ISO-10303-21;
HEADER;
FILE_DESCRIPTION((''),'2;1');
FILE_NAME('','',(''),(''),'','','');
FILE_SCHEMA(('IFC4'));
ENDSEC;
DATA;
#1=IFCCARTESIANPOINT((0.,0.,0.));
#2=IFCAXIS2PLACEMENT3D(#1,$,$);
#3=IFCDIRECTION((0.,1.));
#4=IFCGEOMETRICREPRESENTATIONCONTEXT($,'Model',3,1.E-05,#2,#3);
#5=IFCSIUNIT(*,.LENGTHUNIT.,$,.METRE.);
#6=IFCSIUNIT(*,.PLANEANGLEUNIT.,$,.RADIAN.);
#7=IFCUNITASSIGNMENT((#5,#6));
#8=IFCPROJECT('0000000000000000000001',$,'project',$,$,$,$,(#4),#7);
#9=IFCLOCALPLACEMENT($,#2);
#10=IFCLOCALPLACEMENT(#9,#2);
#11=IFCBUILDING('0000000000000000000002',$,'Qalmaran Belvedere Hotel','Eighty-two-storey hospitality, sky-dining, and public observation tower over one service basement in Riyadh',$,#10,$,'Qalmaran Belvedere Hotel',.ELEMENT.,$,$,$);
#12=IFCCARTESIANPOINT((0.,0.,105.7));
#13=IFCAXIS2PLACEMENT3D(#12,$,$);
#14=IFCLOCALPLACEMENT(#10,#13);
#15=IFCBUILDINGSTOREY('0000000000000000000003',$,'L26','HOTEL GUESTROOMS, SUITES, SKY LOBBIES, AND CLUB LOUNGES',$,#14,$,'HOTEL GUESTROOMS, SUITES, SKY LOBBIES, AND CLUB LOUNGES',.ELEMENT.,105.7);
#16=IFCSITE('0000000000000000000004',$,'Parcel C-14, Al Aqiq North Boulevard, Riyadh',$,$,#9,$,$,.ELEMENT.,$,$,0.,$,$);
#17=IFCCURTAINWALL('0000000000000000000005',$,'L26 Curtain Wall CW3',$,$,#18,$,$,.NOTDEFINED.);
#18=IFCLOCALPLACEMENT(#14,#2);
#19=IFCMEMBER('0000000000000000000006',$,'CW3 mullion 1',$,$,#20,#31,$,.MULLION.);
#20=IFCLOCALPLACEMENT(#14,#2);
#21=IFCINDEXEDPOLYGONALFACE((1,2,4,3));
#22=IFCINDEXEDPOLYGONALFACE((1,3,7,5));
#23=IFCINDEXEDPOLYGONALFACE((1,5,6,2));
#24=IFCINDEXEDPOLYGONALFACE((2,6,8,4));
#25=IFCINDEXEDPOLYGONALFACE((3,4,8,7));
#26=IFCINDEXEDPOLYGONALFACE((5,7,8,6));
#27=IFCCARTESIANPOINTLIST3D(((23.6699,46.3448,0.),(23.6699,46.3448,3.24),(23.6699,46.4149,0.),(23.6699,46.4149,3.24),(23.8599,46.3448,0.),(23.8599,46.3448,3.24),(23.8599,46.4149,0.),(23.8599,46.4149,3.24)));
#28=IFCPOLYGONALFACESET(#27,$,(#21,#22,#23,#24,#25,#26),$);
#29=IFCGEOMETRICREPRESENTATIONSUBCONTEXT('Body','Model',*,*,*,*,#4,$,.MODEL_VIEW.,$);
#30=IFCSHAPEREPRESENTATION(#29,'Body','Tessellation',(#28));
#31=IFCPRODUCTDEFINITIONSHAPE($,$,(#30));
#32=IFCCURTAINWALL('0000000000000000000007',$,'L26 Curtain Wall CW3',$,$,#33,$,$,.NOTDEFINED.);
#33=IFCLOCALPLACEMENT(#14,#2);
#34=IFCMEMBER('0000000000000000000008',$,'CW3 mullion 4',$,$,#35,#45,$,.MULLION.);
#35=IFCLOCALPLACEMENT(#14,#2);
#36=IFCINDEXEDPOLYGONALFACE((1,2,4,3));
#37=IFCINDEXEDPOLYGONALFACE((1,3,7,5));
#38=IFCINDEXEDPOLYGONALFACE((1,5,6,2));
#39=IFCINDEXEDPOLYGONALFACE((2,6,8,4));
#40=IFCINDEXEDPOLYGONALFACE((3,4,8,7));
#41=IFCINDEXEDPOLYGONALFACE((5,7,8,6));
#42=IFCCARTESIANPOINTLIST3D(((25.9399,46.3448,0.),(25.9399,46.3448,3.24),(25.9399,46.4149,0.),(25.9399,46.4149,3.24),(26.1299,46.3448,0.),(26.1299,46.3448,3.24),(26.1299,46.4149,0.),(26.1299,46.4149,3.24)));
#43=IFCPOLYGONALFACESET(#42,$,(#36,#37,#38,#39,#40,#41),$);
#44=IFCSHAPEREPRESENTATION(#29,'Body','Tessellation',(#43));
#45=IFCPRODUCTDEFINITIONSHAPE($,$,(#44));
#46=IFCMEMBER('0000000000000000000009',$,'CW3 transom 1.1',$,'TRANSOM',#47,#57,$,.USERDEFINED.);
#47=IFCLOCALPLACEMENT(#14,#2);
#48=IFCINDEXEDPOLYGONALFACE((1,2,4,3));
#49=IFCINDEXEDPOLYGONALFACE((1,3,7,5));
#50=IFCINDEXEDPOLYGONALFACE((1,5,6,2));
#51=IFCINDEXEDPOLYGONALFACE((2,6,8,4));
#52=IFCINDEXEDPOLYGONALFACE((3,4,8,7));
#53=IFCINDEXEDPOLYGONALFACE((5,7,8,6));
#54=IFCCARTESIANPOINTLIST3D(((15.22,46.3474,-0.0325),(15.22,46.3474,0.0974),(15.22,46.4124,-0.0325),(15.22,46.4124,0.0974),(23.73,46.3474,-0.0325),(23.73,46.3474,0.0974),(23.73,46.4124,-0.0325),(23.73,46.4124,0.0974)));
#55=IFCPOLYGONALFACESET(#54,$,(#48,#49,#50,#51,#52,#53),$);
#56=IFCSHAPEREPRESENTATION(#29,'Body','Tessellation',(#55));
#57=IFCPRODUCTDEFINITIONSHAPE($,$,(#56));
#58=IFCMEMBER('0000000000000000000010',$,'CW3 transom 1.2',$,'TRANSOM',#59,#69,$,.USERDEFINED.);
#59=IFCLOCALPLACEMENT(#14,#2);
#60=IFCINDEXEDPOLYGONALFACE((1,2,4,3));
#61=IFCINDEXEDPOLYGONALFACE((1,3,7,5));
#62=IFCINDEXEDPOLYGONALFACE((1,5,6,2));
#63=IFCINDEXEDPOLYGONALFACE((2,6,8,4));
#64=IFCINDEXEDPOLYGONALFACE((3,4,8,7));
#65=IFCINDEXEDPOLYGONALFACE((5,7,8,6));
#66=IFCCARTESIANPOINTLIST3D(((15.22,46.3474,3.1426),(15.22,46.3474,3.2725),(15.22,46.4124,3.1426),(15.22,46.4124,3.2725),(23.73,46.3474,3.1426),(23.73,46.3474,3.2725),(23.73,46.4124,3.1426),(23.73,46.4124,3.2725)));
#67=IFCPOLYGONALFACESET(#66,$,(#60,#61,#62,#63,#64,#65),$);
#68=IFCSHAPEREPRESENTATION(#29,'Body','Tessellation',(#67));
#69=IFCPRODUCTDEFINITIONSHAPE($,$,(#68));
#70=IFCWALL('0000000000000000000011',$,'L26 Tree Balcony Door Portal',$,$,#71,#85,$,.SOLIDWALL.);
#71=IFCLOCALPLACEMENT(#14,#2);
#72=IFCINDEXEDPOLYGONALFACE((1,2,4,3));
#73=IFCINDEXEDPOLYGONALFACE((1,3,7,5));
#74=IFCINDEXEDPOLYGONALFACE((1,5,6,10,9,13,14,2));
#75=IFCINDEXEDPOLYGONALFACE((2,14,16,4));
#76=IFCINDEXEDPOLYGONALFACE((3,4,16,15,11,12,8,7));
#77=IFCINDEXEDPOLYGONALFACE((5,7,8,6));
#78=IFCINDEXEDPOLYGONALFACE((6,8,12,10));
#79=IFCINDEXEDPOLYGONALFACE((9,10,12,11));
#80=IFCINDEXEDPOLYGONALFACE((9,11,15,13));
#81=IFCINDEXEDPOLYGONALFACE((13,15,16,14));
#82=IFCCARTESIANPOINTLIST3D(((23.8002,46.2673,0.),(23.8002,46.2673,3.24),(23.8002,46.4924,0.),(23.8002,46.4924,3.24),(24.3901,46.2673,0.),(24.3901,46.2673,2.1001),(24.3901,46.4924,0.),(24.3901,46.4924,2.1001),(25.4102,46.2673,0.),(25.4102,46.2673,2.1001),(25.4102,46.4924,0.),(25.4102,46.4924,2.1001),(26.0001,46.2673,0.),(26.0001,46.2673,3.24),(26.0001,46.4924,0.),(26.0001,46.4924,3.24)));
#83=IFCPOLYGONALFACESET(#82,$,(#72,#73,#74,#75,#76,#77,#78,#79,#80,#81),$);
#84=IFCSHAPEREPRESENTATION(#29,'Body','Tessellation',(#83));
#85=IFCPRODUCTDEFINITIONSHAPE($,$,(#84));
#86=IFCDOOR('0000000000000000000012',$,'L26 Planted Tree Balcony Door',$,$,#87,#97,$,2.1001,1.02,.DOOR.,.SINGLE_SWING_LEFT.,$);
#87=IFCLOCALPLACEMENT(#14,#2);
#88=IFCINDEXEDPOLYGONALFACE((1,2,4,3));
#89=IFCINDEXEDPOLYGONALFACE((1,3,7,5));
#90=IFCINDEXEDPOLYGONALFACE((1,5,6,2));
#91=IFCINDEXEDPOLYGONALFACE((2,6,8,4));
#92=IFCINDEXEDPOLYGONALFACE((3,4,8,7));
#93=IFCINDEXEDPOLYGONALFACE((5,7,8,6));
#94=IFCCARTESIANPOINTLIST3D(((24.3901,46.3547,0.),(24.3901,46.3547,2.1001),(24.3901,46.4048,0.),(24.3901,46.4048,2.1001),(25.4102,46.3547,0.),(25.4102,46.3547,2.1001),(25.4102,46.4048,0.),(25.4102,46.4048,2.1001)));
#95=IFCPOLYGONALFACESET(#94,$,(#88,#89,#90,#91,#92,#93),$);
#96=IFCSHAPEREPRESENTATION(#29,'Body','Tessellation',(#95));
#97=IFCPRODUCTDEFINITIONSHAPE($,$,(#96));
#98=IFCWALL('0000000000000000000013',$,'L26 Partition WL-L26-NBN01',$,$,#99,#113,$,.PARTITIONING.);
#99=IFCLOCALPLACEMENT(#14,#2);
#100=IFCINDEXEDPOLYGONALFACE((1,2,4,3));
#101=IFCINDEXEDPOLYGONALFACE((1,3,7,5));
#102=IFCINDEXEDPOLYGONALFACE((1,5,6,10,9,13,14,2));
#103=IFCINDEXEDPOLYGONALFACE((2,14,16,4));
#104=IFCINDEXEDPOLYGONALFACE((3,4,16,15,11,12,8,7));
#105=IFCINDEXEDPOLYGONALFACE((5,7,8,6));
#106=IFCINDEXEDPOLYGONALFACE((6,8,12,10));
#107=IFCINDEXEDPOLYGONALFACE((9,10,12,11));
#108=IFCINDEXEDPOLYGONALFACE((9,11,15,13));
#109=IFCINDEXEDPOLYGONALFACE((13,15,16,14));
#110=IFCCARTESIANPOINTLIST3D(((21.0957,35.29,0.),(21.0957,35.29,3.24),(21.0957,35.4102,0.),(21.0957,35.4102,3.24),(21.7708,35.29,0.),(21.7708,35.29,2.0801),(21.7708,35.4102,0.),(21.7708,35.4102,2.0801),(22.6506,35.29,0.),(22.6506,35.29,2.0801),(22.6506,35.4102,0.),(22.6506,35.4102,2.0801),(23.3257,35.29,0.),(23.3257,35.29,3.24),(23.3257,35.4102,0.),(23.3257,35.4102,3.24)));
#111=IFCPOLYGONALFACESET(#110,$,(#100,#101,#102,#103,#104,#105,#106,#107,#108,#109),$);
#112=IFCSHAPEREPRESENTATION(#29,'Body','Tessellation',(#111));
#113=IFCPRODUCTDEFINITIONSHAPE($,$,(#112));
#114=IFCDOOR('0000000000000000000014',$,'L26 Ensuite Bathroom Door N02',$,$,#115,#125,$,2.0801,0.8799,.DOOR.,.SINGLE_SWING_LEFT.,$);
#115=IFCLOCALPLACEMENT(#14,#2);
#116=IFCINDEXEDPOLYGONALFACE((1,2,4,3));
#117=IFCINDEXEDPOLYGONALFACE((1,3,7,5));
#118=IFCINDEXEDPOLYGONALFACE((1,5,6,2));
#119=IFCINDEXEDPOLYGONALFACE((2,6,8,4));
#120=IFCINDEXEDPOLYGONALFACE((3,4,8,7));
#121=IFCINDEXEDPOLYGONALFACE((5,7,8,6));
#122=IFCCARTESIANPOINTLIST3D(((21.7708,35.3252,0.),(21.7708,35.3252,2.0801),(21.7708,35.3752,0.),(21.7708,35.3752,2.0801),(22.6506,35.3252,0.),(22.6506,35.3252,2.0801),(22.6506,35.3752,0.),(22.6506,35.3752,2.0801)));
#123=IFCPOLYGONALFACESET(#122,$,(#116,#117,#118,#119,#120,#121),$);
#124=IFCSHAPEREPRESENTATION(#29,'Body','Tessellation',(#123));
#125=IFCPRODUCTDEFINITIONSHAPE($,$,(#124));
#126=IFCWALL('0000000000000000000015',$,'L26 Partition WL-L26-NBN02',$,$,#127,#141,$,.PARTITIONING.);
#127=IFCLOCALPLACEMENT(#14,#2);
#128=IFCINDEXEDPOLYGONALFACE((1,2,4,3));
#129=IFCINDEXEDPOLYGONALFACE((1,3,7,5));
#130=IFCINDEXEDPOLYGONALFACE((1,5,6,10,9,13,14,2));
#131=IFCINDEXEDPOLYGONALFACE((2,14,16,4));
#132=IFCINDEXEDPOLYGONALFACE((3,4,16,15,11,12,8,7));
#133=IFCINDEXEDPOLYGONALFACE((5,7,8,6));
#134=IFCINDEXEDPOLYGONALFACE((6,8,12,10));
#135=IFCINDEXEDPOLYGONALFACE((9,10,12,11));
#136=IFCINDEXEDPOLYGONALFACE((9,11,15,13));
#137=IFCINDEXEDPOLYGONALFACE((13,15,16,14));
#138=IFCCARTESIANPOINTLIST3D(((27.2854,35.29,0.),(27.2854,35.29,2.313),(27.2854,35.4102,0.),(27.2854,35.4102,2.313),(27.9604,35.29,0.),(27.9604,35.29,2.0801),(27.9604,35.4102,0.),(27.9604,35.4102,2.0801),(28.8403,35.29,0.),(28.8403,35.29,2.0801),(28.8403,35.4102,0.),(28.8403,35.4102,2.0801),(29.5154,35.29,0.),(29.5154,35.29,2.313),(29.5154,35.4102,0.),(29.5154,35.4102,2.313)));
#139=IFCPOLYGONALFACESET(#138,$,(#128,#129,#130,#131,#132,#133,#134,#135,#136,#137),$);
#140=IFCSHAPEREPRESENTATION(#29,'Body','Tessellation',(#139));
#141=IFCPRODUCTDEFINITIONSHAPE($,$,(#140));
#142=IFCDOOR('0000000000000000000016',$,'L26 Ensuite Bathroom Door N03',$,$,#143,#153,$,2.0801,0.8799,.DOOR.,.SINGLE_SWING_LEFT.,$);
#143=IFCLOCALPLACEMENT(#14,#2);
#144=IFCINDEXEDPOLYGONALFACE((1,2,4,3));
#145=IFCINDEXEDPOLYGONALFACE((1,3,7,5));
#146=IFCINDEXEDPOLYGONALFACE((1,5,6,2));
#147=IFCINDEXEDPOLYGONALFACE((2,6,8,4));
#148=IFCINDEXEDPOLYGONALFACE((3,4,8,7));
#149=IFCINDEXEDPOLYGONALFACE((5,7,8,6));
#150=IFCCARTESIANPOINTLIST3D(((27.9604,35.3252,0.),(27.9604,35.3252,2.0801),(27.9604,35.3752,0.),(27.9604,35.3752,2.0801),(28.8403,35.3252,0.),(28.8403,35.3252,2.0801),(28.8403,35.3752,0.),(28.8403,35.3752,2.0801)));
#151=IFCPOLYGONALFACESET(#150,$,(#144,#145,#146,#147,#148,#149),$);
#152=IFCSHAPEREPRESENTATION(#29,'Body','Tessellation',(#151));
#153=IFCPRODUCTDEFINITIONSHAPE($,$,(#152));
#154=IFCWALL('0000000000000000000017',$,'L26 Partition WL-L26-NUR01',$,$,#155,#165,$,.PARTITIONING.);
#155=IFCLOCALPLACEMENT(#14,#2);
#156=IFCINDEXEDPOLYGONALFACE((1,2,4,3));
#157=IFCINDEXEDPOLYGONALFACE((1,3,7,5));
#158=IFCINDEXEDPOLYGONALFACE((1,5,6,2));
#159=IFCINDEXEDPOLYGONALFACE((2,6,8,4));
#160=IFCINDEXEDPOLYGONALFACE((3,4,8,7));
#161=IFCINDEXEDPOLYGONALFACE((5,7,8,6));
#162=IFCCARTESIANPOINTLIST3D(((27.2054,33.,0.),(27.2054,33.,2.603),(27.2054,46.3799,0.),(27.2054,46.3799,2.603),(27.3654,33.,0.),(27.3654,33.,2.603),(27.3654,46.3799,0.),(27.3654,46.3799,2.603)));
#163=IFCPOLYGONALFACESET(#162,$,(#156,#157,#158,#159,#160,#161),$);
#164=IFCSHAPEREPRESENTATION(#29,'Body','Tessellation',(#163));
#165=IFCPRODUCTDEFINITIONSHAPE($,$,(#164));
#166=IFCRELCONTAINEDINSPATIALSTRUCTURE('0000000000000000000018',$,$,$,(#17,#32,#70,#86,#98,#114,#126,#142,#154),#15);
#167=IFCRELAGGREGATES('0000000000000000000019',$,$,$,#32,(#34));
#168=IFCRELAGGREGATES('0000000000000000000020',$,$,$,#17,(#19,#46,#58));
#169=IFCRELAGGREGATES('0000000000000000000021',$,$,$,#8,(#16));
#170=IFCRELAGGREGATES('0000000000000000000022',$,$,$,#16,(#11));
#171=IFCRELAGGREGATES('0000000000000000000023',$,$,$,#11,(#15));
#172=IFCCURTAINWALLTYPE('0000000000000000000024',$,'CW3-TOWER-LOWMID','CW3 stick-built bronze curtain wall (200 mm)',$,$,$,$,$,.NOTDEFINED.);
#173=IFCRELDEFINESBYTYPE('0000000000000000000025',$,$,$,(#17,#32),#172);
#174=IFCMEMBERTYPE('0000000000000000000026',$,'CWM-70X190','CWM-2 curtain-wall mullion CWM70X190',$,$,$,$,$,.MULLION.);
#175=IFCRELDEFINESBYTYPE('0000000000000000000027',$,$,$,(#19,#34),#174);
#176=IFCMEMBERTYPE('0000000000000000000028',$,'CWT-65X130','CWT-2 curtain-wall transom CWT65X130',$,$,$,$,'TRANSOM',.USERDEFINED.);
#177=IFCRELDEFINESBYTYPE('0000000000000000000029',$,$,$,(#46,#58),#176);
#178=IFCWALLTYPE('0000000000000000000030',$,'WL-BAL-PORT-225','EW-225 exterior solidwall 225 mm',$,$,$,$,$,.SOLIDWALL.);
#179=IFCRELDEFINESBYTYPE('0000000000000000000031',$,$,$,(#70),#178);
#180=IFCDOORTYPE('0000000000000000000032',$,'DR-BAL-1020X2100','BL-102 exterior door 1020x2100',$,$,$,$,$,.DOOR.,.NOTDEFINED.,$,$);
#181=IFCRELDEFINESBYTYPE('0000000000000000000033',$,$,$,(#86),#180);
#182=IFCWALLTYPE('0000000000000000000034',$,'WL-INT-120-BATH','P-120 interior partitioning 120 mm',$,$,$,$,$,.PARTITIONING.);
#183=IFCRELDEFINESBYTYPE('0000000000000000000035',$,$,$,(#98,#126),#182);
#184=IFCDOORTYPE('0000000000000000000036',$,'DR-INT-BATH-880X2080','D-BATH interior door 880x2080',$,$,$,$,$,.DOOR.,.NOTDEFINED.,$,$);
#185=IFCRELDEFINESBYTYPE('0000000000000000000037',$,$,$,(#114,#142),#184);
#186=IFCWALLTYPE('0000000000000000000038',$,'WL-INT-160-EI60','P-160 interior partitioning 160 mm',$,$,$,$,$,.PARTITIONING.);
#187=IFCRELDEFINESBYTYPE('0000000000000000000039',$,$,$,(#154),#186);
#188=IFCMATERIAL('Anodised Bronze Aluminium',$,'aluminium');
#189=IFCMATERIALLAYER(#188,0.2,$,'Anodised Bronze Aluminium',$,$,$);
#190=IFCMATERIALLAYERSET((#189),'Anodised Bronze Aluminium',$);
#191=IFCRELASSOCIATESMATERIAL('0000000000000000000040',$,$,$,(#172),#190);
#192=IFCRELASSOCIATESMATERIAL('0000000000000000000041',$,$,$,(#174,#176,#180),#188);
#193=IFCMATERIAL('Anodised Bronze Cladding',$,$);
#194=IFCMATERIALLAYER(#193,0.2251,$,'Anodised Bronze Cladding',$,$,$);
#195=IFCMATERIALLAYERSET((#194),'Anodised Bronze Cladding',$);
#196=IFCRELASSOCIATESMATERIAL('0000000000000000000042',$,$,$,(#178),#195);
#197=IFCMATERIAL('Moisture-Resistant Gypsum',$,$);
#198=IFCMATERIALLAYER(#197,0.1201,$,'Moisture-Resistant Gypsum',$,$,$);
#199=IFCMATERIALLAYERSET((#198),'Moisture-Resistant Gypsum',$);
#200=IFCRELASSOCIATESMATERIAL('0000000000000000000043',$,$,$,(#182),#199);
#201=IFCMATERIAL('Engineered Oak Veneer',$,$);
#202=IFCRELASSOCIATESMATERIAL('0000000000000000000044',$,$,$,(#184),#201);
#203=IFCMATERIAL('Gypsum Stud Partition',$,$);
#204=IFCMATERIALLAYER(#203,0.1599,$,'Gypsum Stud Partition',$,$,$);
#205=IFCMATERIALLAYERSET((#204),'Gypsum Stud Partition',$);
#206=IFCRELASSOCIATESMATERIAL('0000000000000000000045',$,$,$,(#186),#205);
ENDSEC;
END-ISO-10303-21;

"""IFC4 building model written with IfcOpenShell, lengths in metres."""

from ifc_helpers import new_model, si_unit, direction, frame, frame_2d, origin, origin_2d, place, context, subcontext, project, spatial, rectangle, extrude, material, layer, layer_set, material_profile, profile_set, type_object, element, fill, aggregate, save


model = new_model("IFC4")

# Units and contexts
model_context = context("Model", 3, precision=1e-05, world=origin(), true_north=direction((0.0, 1.0)))
body_context = subcontext(model_context, "Body", "Model", "MODEL_VIEW")
ifc_project = project(units=[si_unit("LENGTHUNIT", "METRE"), si_unit("PLANEANGLEUNIT", "RADIAN")], contexts=[model_context])

# Site, building, storey
site_placement = place(None, origin())
site = spatial("IfcSite", under=ifc_project, at=site_placement, Name="Parcel C-14, Al Aqiq North Boulevard, Riyadh", CompositionType="ELEMENT", RefElevation=0.0)
building_placement = place(site_placement, origin())
building = spatial("IfcBuilding", under=site, at=building_placement, Name="Qalmaran Belvedere Hotel", Description="Eighty-two-storey hospitality, sky-dining, and public observation tower over one service basement in Riyadh", LongName="Qalmaran Belvedere Hotel", CompositionType="ELEMENT")
storey_placement = place(building_placement, frame((0.0, 0.0, 105.7)))
storey = spatial("IfcBuildingStorey", under=building, at=storey_placement, Name="L26", Description="HOTEL GUESTROOMS, SUITES, SKY LOBBIES, AND CLUB LOUNGES", LongName="HOTEL GUESTROOMS, SUITES, SKY LOBBIES, AND CLUB LOUNGES", CompositionType="ELEMENT", Elevation=105.7)

# Curtain walls, members
ifc_material_1 = material(Name="Anodised Bronze Aluminium", Category="aluminium")
ifc_layer_1 = layer(ifc_material_1, 0.2, Name="Anodised Bronze Aluminium")
ifc_layer_set_1 = layer_set([ifc_layer_1], Name="Anodised Bronze Aluminium")
curtain_wall_type = type_object("IfcCurtainWallType", Name="CW3-TOWER-LOWMID", Description="CW3 stick-built bronze curtain wall (200 mm)", PredefinedType="NOTDEFINED", material=ifc_layer_set_1)
curtain_wall_1_placement = place(storey_placement, origin())
curtain_wall_1 = element("IfcCurtainWall", 1, at=curtain_wall_1_placement, inside=storey, type_object=curtain_wall_type, Name="L26 Curtain Wall CW3", PredefinedType="NOTDEFINED")
ifc_material_profile_1 = material_profile(ifc_material_1, rectangle(XDim=0.0701, YDim=0.1899, at=origin_2d()), Name="CWM70X190")
ifc_profile_set_1 = profile_set([ifc_material_profile_1], Name="Anodised Bronze Aluminium")
member_type_1 = type_object("IfcMemberType", Name="CWM-70X190", Description="CWM-2 curtain-wall mullion CWM70X190", PredefinedType="MULLION", material=ifc_profile_set_1)
member_1_placement = place(storey_placement, frame((23.7649, 46.3799, 0.0), z_axis=(0.0, 0.0, 1.0), x_axis=(0.0, -1.0, 0.0)))
member_1 = element("IfcMember", 2, at=member_1_placement, type_object=member_type_1, Name="CW3 mullion 1", PredefinedType="MULLION", context=body_context, shape_type="SweptSolid", body=[
    extrude(rectangle(XDim=0.0701, YDim=0.1899, at=origin_2d()), origin(), (0.0, 0.0, 1.0), 3.24),
])
curtain_wall_2_placement = place(storey_placement, origin())
curtain_wall_2 = element("IfcCurtainWall", 3, at=curtain_wall_2_placement, inside=storey, type_object=curtain_wall_type, Name="L26 Curtain Wall CW3", PredefinedType="NOTDEFINED")
member_2_placement = place(storey_placement, frame((26.0349, 46.3799, 0.0), z_axis=(0.0, 0.0, 1.0), x_axis=(0.0, -1.0, 0.0)))
member_2 = element("IfcMember", 4, at=member_2_placement, type_object=member_type_1, Name="CW3 mullion 4", PredefinedType="MULLION", context=body_context, shape_type="SweptSolid", body=[
    extrude(rectangle(XDim=0.0701, YDim=0.1899, at=origin_2d()), origin(), (0.0, 0.0, 1.0), 3.24),
])
aggregate(curtain_wall_2, [member_2])

# Members
ifc_material_profile_2 = material_profile(ifc_material_1, rectangle(XDim=0.0649, YDim=0.1299, at=origin_2d()), Name="CWT65X130")
ifc_profile_set_2 = profile_set([ifc_material_profile_2], Name="Anodised Bronze Aluminium")
member_type_2 = type_object("IfcMemberType", Name="CWT-65X130", Description="CWT-2 curtain-wall transom CWT65X130", ElementType="TRANSOM", PredefinedType="USERDEFINED", material=ifc_profile_set_2)
member_3_placement = place(storey_placement, frame((23.73, 46.3799, 0.0325), z_axis=(-1.0, 0.0, 0.0), x_axis=(0.0, -1.0, 0.0)))
member_3 = element("IfcMember", 5, at=member_3_placement, type_object=member_type_2, Name="CW3 transom 1.1", ObjectType="TRANSOM", PredefinedType="USERDEFINED", context=body_context, shape_type="SweptSolid", body=[
    extrude(rectangle(XDim=0.0649, YDim=0.1299, at=origin_2d()), origin(), (0.0, 0.0, 1.0), 8.51),
])
member_4_placement = place(storey_placement, frame((23.73, 46.3799, 3.2075), z_axis=(-1.0, 0.0, 0.0), x_axis=(0.0, -1.0, 0.0)))
member_4 = element("IfcMember", 6, at=member_4_placement, type_object=member_type_2, Name="CW3 transom 1.2", ObjectType="TRANSOM", PredefinedType="USERDEFINED", context=body_context, shape_type="SweptSolid", body=[
    extrude(rectangle(XDim=0.0649, YDim=0.1299, at=origin_2d()), origin(), (0.0, 0.0, 1.0), 8.51),
])
aggregate(curtain_wall_1, [member_1, member_3, member_4])

# Walls, openings, doors
ifc_material_2 = material(Name="Anodised Bronze Cladding")
ifc_layer_2 = layer(ifc_material_2, 0.2251, Name="Anodised Bronze Cladding")
ifc_layer_set_2 = layer_set([ifc_layer_2], Name="Anodised Bronze Cladding")
wall_type_1 = type_object("IfcWallType", Name="WL-BAL-PORT-225", Description="EW-225 exterior solidwall 225 mm", PredefinedType="SOLIDWALL", material=ifc_layer_set_2)
wall_1_placement = place(storey_placement, frame((23.8, 46.3799, 0.0), z_axis=(0.0, 0.0, 1.0), x_axis=(1.0, 0.0, 0.0)))
wall_1 = element("IfcWall", 7, at=wall_1_placement, inside=storey, type_object=wall_type_1, Name="L26 Tree Balcony Door Portal", PredefinedType="SOLIDWALL", context=body_context, shape_type="SweptSolid", body=[
    extrude(rectangle(XDim=2.2, YDim=0.2251, at=frame_2d((1.1001, 0.0))), origin(), (0.0, 0.0, 1.0), 3.24),
])
opening_1_placement = place(wall_1_placement, frame((0.5901, 0.0, 0.0)))
opening_1 = element("IfcOpeningElement", 8, at=opening_1_placement, cuts=wall_1, PredefinedType="OPENING", context=body_context, shape_type="SweptSolid", body=[
    extrude(rectangle(XDim=1.02, YDim=2.1001, at=frame_2d((0.51, 1.05))), frame((0.0, 0.1226, 0.0), z_axis=(0.0, -1.0, 0.0), x_axis=(1.0, 0.0, 0.0)), (0.0, 0.0, 1.0), 0.2451),
])
door_type_1 = type_object("IfcDoorType", Name="DR-BAL-1020X2100", Description="BL-102 exterior door 1020x2100", OperationType="NOTDEFINED", PredefinedType="DOOR", material=ifc_material_1)
door_1_placement = place(opening_1_placement, origin())
door_1 = element("IfcDoor", 9, at=door_1_placement, inside=storey, type_object=door_type_1, Name="L26 Planted Tree Balcony Door", OperationType="SINGLE_SWING_LEFT", OverallHeight=2.1001, OverallWidth=1.02, PredefinedType="DOOR", context=body_context, shape_type="SweptSolid", body=[
    extrude(rectangle(XDim=1.02, YDim=2.1001, at=frame_2d((0.51, 1.05))), frame((0.0, 0.0249, 0.0), z_axis=(0.0, -1.0, 0.0), x_axis=(1.0, 0.0, 0.0)), (0.0, 0.0, 1.0), 0.05),
])
fill(opening_1, door_1)
ifc_material_3 = material(Name="Moisture-Resistant Gypsum")
ifc_layer_3 = layer(ifc_material_3, 0.1201, Name="Moisture-Resistant Gypsum")
ifc_layer_set_3 = layer_set([ifc_layer_3], Name="Moisture-Resistant Gypsum")
wall_type_2 = type_object("IfcWallType", Name="WL-INT-120-BATH", Description="P-120 interior partitioning 120 mm", PredefinedType="PARTITIONING", material=ifc_layer_set_3)
wall_2_placement = place(storey_placement, frame((21.0957, 35.3501, 0.0), z_axis=(0.0, 0.0, 1.0), x_axis=(1.0, 0.0, 0.0)))
wall_2 = element("IfcWall", 10, at=wall_2_placement, inside=storey, type_object=wall_type_2, Name="L26 Partition WL-L26-NBN01", PredefinedType="PARTITIONING", context=body_context, shape_type="SweptSolid", body=[
    extrude(rectangle(XDim=2.23, YDim=0.1201, at=frame_2d((1.115, 0.0))), origin(), (0.0, 0.0, 1.0), 3.24),
])
opening_2_placement = place(wall_2_placement, frame((1.5549, 0.0, 0.0), z_axis=(0.0, 0.0, 1.0), x_axis=(-1.0, 0.0, 0.0)))
opening_2 = element("IfcOpeningElement", 11, at=opening_2_placement, cuts=wall_2, PredefinedType="OPENING", context=body_context, shape_type="SweptSolid", body=[
    extrude(rectangle(XDim=0.8799, YDim=2.0801, at=frame_2d((0.4399, 1.04))), frame((0.0, 0.0701, 0.0), z_axis=(0.0, -1.0, 0.0), x_axis=(1.0, 0.0, 0.0)), (0.0, 0.0, 1.0), 0.1401),
])
ifc_material_4 = material(Name="Engineered Oak Veneer")
door_type_2 = type_object("IfcDoorType", Name="DR-INT-BATH-880X2080", Description="D-BATH interior door 880x2080", OperationType="NOTDEFINED", PredefinedType="DOOR", material=ifc_material_4)
door_2_placement = place(opening_2_placement, origin())
door_2 = element("IfcDoor", 12, at=door_2_placement, inside=storey, type_object=door_type_2, Name="L26 Ensuite Bathroom Door N02", OperationType="SINGLE_SWING_LEFT", OverallHeight=2.0801, OverallWidth=0.8799, PredefinedType="DOOR", context=body_context, shape_type="SweptSolid", body=[
    extrude(rectangle(XDim=0.8799, YDim=2.0801, at=frame_2d((0.4399, 1.04))), frame((0.0, 0.0249, 0.0), z_axis=(0.0, -1.0, 0.0), x_axis=(1.0, 0.0, 0.0)), (0.0, 0.0, 1.0), 0.05),
])
fill(opening_2, door_2)
wall_3_placement = place(storey_placement, frame((27.2854, 35.3501, 0.0), z_axis=(0.0, 0.0, 1.0), x_axis=(1.0, 0.0, 0.0)))
wall_3 = element("IfcWall", 13, at=wall_3_placement, inside=storey, type_object=wall_type_2, Name="L26 Partition WL-L26-NBN02", PredefinedType="PARTITIONING", context=body_context, shape_type="SweptSolid", body=[
    extrude(rectangle(XDim=2.23, YDim=0.1201, at=frame_2d((1.115, 0.0))), origin(), (0.0, 0.0, 1.0), 2.313),
])
opening_3_placement = place(wall_3_placement, frame((1.5549, 0.0, 0.0), z_axis=(0.0, 0.0, 1.0), x_axis=(-1.0, 0.0, 0.0)))
opening_3 = element("IfcOpeningElement", 14, at=opening_3_placement, cuts=wall_3, PredefinedType="OPENING", context=body_context, shape_type="SweptSolid", body=[
    extrude(rectangle(XDim=0.8799, YDim=2.0801, at=frame_2d((0.4399, 1.04))), frame((0.0, 0.0701, 0.0), z_axis=(0.0, -1.0, 0.0), x_axis=(1.0, 0.0, 0.0)), (0.0, 0.0, 1.0), 0.1401),
])
door_3_placement = place(opening_3_placement, origin())
door_3 = element("IfcDoor", 15, at=door_3_placement, inside=storey, type_object=door_type_2, Name="L26 Ensuite Bathroom Door N03", OperationType="SINGLE_SWING_LEFT", OverallHeight=2.0801, OverallWidth=0.8799, PredefinedType="DOOR", context=body_context, shape_type="SweptSolid", body=[
    extrude(rectangle(XDim=0.8799, YDim=2.0801, at=frame_2d((0.4399, 1.04))), frame((0.0, 0.0249, 0.0), z_axis=(0.0, -1.0, 0.0), x_axis=(1.0, 0.0, 0.0)), (0.0, 0.0, 1.0), 0.05),
])
fill(opening_3, door_3)

# Wall
ifc_material_5 = material(Name="Gypsum Stud Partition")
ifc_layer_4 = layer(ifc_material_5, 0.1599, Name="Gypsum Stud Partition")
ifc_layer_set_4 = layer_set([ifc_layer_4], Name="Gypsum Stud Partition")
wall_type_3 = type_object("IfcWallType", Name="WL-INT-160-EI60", Description="P-160 interior partitioning 160 mm", PredefinedType="PARTITIONING", material=ifc_layer_set_4)
wall_4_placement = place(storey_placement, frame((27.2854, 33.0, 0.0), z_axis=(0.0, 0.0, 1.0), x_axis=(0.0, 1.0, 0.0)))
element("IfcWall", 16, at=wall_4_placement, inside=storey, type_object=wall_type_3, Name="L26 Partition WL-L26-NUR01", PredefinedType="PARTITIONING", context=body_context, shape_type="SweptSolid", body=[
    extrude(rectangle(XDim=13.3799, YDim=0.1599, at=frame_2d((6.6899, 0.0))), origin(), (0.0, 0.0, 1.0), 2.603),
])

save(model, "model.ifc")
